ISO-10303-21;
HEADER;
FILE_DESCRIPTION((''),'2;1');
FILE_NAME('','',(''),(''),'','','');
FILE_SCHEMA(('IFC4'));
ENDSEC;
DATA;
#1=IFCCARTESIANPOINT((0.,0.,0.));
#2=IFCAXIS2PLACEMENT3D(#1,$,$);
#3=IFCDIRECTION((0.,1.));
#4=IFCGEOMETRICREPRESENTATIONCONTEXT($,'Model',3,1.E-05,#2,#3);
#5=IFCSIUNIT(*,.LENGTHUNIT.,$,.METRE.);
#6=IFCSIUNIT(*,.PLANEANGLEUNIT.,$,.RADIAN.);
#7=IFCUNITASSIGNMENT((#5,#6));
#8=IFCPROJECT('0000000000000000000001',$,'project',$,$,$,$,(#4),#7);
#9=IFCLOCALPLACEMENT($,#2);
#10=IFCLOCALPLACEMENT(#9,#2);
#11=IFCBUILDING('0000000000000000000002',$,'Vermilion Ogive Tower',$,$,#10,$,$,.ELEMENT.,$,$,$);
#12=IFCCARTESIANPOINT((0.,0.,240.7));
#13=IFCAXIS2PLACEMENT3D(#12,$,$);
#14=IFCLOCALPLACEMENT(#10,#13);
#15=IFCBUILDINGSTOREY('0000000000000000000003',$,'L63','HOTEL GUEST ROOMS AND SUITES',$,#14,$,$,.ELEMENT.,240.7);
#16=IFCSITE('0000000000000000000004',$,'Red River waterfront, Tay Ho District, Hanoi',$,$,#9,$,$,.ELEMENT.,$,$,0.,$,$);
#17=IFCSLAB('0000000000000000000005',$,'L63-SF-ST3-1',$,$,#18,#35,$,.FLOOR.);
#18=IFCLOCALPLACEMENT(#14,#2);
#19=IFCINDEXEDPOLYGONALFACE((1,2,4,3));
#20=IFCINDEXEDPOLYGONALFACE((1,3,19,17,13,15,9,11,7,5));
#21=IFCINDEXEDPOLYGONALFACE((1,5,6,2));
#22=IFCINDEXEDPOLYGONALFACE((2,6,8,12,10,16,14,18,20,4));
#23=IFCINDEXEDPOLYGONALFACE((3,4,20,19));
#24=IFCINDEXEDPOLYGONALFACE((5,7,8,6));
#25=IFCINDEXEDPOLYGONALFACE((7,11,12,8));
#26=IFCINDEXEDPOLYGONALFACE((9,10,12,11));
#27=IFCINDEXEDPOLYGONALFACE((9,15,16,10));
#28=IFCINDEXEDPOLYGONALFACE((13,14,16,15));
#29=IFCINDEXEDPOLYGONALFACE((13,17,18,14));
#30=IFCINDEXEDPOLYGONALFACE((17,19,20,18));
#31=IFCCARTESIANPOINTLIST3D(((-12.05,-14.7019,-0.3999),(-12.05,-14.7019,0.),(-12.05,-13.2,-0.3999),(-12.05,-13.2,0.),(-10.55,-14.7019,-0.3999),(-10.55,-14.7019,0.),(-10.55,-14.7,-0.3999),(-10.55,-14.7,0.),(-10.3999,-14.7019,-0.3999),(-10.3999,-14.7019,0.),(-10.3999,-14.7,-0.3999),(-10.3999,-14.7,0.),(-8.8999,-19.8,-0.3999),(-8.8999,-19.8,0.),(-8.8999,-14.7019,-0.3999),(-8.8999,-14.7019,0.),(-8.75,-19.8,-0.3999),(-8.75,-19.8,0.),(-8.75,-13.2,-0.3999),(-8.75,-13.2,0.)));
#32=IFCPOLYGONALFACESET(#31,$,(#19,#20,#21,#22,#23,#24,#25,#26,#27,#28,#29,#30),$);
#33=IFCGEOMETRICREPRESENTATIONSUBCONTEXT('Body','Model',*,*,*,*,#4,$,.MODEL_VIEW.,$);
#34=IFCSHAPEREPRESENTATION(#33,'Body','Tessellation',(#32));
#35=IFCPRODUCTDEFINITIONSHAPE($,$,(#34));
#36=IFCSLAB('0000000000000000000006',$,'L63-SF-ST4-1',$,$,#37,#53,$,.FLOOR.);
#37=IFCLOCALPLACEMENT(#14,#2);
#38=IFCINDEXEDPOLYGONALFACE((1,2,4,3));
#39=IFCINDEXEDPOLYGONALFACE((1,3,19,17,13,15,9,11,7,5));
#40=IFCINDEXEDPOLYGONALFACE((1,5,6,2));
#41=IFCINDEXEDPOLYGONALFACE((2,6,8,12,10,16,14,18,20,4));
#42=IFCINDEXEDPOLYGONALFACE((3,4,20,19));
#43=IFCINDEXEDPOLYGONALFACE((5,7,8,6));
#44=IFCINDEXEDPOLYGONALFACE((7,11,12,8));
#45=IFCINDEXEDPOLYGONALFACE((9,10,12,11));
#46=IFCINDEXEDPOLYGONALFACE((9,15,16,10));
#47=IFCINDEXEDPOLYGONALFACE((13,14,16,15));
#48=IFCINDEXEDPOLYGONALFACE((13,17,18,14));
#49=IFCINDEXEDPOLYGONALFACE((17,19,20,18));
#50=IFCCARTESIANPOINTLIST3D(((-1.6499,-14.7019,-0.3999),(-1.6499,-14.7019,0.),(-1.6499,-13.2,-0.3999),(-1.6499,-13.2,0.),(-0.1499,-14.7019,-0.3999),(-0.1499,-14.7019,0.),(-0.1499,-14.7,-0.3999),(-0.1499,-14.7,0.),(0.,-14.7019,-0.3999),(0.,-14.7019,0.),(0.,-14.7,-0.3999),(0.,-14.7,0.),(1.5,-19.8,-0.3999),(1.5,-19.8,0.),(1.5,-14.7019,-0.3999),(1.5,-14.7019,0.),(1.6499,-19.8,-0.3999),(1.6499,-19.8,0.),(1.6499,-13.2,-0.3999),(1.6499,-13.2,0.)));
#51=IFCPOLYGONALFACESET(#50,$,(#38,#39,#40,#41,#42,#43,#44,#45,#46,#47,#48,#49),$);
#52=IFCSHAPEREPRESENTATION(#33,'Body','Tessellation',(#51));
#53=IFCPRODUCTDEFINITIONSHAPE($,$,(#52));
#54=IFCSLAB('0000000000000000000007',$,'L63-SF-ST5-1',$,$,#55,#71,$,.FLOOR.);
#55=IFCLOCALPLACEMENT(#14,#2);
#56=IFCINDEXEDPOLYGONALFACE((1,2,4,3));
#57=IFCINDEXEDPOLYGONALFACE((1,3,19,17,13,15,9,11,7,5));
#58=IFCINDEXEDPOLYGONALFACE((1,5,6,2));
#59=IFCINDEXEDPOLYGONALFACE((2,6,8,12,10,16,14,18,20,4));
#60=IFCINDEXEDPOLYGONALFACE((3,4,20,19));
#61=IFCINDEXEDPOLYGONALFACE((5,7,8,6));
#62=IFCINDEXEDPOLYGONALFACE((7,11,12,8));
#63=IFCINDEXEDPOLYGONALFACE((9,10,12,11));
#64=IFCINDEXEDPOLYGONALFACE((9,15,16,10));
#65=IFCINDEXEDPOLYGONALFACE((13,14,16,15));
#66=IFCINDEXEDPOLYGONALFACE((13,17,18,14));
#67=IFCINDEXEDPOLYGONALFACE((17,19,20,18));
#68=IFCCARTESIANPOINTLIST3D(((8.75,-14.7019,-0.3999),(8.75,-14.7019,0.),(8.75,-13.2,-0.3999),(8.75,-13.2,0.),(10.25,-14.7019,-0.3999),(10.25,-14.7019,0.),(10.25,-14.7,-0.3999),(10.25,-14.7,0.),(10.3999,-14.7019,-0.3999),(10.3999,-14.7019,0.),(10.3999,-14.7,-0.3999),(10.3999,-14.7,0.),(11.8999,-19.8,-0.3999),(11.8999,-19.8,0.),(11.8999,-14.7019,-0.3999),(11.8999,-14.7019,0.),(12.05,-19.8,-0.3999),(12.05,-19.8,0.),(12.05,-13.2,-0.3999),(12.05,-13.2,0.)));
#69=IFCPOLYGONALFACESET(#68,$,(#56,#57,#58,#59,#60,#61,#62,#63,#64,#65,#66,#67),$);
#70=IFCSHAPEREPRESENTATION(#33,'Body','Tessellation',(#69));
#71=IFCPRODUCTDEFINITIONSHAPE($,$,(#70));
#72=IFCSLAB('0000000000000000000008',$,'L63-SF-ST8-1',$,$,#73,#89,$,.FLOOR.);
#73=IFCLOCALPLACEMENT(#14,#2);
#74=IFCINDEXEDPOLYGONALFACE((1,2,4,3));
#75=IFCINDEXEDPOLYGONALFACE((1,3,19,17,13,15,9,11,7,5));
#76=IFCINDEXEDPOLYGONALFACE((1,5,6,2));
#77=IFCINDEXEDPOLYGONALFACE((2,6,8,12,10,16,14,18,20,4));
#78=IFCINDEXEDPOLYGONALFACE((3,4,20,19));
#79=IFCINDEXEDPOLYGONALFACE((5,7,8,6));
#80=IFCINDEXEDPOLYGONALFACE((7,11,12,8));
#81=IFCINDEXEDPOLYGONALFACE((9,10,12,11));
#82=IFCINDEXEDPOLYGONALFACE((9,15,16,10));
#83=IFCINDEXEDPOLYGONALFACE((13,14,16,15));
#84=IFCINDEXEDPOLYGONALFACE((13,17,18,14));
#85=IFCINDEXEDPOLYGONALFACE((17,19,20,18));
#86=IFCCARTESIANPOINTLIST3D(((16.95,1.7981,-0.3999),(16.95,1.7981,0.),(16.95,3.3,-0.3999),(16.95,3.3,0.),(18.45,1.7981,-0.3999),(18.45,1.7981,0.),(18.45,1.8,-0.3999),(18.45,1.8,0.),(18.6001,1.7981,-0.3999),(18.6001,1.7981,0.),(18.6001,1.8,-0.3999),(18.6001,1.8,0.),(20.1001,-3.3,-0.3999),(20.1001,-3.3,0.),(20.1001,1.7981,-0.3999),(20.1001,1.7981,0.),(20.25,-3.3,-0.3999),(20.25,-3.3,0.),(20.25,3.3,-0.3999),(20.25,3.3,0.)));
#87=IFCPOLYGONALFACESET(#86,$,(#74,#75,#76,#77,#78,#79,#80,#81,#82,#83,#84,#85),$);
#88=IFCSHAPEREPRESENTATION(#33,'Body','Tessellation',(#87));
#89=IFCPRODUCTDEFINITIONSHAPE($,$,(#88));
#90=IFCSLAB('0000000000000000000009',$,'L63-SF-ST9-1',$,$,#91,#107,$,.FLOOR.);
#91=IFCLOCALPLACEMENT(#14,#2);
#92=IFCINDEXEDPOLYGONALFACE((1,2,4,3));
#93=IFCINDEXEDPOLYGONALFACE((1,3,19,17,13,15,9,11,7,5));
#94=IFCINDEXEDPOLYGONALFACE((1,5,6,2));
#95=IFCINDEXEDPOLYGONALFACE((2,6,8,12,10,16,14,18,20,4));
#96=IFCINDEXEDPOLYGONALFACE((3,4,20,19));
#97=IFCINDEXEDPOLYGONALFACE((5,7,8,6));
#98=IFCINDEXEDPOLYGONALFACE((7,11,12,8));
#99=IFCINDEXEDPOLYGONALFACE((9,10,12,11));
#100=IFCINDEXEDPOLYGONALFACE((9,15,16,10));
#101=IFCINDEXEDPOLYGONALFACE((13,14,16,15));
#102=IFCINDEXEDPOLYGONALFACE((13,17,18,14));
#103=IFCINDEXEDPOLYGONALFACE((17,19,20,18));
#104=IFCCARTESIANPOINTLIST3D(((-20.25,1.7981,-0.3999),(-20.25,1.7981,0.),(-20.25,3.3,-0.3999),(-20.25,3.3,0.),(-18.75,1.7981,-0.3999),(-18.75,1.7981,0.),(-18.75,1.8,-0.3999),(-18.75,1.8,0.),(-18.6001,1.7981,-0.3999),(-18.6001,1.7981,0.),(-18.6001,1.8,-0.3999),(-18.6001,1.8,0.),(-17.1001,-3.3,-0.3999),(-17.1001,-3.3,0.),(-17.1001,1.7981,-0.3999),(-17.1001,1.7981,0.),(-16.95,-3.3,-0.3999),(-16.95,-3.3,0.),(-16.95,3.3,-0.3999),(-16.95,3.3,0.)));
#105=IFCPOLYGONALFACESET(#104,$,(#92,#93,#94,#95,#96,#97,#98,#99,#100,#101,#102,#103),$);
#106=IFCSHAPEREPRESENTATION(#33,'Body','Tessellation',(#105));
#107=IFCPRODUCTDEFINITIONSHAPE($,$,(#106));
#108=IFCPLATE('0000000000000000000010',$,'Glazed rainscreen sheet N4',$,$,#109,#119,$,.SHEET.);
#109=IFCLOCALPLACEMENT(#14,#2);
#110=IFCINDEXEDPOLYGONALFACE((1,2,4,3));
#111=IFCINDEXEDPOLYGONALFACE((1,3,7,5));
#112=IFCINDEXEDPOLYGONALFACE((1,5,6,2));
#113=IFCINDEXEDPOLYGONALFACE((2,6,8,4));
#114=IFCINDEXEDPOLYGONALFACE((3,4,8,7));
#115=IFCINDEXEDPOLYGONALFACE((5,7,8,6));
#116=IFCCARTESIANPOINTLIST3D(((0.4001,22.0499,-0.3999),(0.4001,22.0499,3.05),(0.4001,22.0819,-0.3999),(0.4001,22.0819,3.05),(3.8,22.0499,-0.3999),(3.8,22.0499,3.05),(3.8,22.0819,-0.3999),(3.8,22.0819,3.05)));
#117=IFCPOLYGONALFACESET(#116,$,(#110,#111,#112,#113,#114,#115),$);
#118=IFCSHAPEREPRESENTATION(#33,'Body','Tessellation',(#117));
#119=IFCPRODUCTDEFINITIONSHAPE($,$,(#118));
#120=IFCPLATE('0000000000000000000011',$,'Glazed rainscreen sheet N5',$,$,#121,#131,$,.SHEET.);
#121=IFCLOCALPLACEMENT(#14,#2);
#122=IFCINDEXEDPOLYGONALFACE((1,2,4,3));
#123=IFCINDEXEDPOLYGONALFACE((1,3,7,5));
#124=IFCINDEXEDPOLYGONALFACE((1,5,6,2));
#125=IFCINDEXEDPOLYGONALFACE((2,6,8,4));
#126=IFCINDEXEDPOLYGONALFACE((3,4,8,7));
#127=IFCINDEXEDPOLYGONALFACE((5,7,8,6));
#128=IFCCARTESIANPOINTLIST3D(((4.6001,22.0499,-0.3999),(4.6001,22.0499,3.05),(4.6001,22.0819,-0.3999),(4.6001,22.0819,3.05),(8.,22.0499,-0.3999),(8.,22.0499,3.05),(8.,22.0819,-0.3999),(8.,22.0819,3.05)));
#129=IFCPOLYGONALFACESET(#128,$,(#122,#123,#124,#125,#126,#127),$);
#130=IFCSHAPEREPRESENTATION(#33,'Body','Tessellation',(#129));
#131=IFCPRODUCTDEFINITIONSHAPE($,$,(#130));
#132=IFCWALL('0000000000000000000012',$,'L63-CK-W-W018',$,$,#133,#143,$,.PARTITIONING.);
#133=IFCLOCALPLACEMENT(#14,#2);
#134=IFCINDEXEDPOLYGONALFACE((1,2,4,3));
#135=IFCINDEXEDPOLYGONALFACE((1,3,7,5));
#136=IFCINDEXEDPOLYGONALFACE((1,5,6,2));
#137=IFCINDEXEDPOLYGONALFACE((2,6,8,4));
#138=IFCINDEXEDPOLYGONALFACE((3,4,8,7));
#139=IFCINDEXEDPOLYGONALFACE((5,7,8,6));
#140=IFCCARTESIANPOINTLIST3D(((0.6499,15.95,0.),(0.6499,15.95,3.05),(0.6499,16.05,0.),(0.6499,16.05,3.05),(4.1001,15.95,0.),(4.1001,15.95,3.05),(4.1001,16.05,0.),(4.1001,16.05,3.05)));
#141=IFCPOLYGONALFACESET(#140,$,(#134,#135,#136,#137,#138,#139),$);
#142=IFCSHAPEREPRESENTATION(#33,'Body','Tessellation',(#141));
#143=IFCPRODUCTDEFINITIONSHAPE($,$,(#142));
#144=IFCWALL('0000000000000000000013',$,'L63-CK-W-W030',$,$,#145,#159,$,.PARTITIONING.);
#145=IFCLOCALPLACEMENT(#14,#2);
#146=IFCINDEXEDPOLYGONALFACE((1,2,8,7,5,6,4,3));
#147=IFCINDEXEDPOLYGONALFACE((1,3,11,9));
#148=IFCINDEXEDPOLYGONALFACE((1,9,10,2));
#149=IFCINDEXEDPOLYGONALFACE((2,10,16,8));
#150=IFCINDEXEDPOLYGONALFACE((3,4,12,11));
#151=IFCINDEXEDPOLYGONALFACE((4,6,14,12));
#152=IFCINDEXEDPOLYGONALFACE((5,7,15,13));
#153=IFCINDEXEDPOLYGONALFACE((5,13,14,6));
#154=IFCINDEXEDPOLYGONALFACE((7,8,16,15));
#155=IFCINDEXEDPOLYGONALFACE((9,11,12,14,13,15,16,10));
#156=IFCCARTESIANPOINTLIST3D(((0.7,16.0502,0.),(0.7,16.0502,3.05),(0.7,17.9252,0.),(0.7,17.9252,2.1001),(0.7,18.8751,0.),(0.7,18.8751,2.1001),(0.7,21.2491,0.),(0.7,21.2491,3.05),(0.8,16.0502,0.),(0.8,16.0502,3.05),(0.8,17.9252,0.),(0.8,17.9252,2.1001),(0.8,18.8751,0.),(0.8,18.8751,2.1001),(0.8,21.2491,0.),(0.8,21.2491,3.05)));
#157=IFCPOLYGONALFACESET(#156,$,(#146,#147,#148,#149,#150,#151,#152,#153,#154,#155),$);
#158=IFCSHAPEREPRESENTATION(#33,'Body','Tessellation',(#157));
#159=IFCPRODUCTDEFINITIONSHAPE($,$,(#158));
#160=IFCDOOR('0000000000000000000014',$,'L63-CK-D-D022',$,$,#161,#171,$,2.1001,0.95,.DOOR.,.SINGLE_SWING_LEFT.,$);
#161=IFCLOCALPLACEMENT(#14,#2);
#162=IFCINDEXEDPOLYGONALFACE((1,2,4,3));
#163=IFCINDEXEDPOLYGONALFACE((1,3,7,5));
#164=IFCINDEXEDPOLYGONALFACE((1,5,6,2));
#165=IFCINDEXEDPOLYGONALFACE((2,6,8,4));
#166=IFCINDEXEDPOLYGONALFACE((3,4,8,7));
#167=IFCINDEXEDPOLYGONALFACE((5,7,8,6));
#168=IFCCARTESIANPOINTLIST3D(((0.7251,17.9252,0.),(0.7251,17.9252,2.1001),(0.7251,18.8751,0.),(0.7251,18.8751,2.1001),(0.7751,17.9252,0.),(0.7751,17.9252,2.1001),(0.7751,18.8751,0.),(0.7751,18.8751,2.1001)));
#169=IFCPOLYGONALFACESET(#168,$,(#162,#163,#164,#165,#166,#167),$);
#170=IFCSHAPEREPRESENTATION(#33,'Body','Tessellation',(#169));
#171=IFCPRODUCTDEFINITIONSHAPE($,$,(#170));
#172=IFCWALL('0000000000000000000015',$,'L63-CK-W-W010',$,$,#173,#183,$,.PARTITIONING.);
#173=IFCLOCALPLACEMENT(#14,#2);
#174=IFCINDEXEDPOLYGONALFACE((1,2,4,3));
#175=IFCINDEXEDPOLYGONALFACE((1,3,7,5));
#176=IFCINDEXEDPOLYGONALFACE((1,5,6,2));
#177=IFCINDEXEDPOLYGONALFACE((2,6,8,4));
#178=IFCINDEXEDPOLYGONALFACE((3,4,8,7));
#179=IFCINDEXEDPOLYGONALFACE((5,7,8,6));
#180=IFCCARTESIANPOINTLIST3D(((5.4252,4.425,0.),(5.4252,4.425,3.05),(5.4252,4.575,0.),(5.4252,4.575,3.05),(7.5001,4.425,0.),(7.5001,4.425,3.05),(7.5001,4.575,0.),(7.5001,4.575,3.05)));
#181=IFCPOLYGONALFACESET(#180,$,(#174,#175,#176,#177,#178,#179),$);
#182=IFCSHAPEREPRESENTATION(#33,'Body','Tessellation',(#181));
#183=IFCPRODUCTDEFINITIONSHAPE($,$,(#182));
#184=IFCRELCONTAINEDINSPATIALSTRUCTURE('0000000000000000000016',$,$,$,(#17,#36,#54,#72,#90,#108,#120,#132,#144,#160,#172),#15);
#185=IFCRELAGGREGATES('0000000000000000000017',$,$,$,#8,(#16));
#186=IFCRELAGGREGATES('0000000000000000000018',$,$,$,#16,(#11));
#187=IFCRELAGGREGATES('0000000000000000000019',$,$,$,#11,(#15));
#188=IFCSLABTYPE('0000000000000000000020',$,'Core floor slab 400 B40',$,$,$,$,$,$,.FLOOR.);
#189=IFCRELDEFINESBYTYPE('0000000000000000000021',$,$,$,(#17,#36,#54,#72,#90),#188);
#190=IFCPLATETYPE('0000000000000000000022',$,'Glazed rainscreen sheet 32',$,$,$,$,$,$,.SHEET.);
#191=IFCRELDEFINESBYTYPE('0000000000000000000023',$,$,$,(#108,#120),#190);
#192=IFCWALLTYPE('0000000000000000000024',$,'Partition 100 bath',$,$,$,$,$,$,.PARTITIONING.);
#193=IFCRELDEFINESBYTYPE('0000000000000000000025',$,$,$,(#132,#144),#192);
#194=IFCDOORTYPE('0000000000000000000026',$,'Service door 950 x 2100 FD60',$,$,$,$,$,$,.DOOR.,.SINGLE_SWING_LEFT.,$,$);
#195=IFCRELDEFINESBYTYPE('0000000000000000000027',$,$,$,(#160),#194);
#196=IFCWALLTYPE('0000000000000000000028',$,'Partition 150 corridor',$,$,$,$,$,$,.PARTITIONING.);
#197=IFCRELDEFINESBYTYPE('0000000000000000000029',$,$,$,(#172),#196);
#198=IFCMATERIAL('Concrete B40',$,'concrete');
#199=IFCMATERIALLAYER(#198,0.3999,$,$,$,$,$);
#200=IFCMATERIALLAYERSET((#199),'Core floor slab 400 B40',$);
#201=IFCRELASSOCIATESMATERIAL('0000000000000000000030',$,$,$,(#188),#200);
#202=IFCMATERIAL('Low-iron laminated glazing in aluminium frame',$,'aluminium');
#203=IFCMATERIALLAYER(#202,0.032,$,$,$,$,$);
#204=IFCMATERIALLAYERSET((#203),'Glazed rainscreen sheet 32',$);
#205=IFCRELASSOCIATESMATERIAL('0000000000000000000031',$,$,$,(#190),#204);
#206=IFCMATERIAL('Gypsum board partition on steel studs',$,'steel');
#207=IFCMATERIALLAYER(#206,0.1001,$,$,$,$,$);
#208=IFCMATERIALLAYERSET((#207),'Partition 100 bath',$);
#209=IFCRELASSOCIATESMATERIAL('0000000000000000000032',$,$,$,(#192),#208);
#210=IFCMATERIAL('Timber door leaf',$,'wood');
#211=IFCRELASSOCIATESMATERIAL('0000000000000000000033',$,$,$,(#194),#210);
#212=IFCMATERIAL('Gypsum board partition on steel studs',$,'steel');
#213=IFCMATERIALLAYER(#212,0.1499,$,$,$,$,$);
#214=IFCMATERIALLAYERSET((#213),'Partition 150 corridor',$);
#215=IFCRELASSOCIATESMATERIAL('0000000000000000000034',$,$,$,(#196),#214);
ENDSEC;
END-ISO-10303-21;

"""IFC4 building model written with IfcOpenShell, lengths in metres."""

from ifc_helpers import new_model, si_unit, direction, frame, frame_2d, origin, origin_2d, place, context, subcontext, project, spatial, polyline, rectangle, outline, extrude, material, layer, layer_set, type_object, element, fill, save


model = new_model("IFC4")

# Units and contexts
model_context = context("Model", 3, precision=1e-05, world=origin(), true_north=direction((0.0, 1.0)))
body_context = subcontext(model_context, "Body", "Model", "MODEL_VIEW")
ifc_project = project(units=[si_unit("LENGTHUNIT", "METRE"), si_unit("PLANEANGLEUNIT", "RADIAN")], contexts=[model_context])

# Site, building, storey
site_placement = place(None, origin())
site = spatial("IfcSite", under=ifc_project, at=site_placement, Name="Red River waterfront, Tay Ho District, Hanoi", CompositionType="ELEMENT", RefElevation=0.0)
building_placement = place(site_placement, origin())
building = spatial("IfcBuilding", under=site, at=building_placement, Name="Vermilion Ogive Tower", CompositionType="ELEMENT")
storey_placement = place(building_placement, frame((0.0, 0.0, 240.7)))
storey = spatial("IfcBuildingStorey", under=building, at=storey_placement, Name="L63", Description="HOTEL GUEST ROOMS AND SUITES", CompositionType="ELEMENT", Elevation=240.7)

# Slabs
ifc_material_1 = material(Name="Concrete B40", Category="concrete")
ifc_layer_1 = layer(ifc_material_1, 0.3999)
ifc_layer_set_1 = layer_set([ifc_layer_1], Name="Core floor slab 400 B40")
slab_type = type_object("IfcSlabType", Name="Core floor slab 400 B40", PredefinedType="FLOOR", material=ifc_layer_set_1)
slab_1_placement = place(storey_placement, frame((0.0, 0.0, -0.3999)))
element("IfcSlab", 1, at=slab_1_placement, inside=storey, type_object=slab_type, Name="L63-SF-ST3-1", PredefinedType="FLOOR", context=body_context, shape_type="SweptSolid", body=[
    extrude(outline(polyline([(-12.05, -13.2), (-12.05, -14.7019), (-10.55, -14.7019), (-10.55, -14.7), (-10.3999, -14.7), (-10.3999, -14.7019), (-8.8999, -14.7019), (-8.8999, -19.8), (-8.75, -19.8), (-8.75, -13.2), (-12.05, -13.2)])), origin(), (0.0, 0.0, 1.0), 0.3999),
])
slab_2_placement = place(storey_placement, frame((0.0, 0.0, -0.3999)))
element("IfcSlab", 2, at=slab_2_placement, inside=storey, type_object=slab_type, Name="L63-SF-ST4-1", PredefinedType="FLOOR", context=body_context, shape_type="SweptSolid", body=[
    extrude(outline(polyline([(-1.6499, -13.2), (-1.6499, -14.7019), (-0.1499, -14.7019), (-0.1499, -14.7), (0.0, -14.7), (0.0, -14.7019), (1.5, -14.7019), (1.5, -19.8), (1.6499, -19.8), (1.6499, -13.2), (-1.6499, -13.2)])), origin(), (0.0, 0.0, 1.0), 0.3999),
])
slab_3_placement = place(storey_placement, frame((0.0, 0.0, -0.3999)))
element("IfcSlab", 3, at=slab_3_placement, inside=storey, type_object=slab_type, Name="L63-SF-ST5-1", PredefinedType="FLOOR", context=body_context, shape_type="SweptSolid", body=[
    extrude(outline(polyline([(8.75, -13.2), (8.75, -14.7019), (10.25, -14.7019), (10.25, -14.7), (10.3999, -14.7), (10.3999, -14.7019), (11.8999, -14.7019), (11.8999, -19.8), (12.05, -19.8), (12.05, -13.2), (8.75, -13.2)])), origin(), (0.0, 0.0, 1.0), 0.3999),
])
slab_4_placement = place(storey_placement, frame((0.0, 0.0, -0.3999)))
element("IfcSlab", 4, at=slab_4_placement, inside=storey, type_object=slab_type, Name="L63-SF-ST8-1", PredefinedType="FLOOR", context=body_context, shape_type="SweptSolid", body=[
    extrude(outline(polyline([(16.95, 3.3), (16.95, 1.7981), (18.45, 1.7981), (18.45, 1.8), (18.6001, 1.8), (18.6001, 1.7981), (20.1001, 1.7981), (20.1001, -3.3), (20.25, -3.3), (20.25, 3.3), (16.95, 3.3)])), origin(), (0.0, 0.0, 1.0), 0.3999),
])
slab_5_placement = place(storey_placement, frame((0.0, 0.0, -0.3999)))
element("IfcSlab", 5, at=slab_5_placement, inside=storey, type_object=slab_type, Name="L63-SF-ST9-1", PredefinedType="FLOOR", context=body_context, shape_type="SweptSolid", body=[
    extrude(outline(polyline([(-20.25, 3.3), (-20.25, 1.7981), (-18.75, 1.7981), (-18.75, 1.8), (-18.6001, 1.8), (-18.6001, 1.7981), (-17.1001, 1.7981), (-17.1001, -3.3), (-16.95, -3.3), (-16.95, 3.3), (-20.25, 3.3)])), origin(), (0.0, 0.0, 1.0), 0.3999),
])

# Plates
ifc_material_2 = material(Name="Low-iron laminated glazing in aluminium frame", Category="aluminium")
ifc_layer_2 = layer(ifc_material_2, 0.032)
ifc_layer_set_2 = layer_set([ifc_layer_2], Name="Glazed rainscreen sheet 32")
plate_type = type_object("IfcPlateType", Name="Glazed rainscreen sheet 32", PredefinedType="SHEET", material=ifc_layer_set_2)
for number, where, z_axis, x_axis, name in (
    (6, (2.1001, 22.0659, -0.3999), (0.0, 0.0, 1.0), (1.0, 0.0, 0.0), "Glazed rainscreen sheet N4"),
    (7, (6.3, 22.0659, -0.3999), (0.0, 0.0, 1.0), (1.0, 0.0, 0.0), "Glazed rainscreen sheet N5"),
):
    element("IfcPlate", number, at=place(storey_placement, frame(where, z_axis=z_axis, x_axis=x_axis)), inside=storey, type_object=plate_type, Name=name, PredefinedType="SHEET", context=body_context, shape_type="SweptSolid", body=[
        extrude(rectangle(XDim=3.3999, YDim=0.032, at=origin_2d()), origin(), (0.0, 0.0, 1.0), 3.45),
    ])

# Wall
ifc_material_3 = material(Name="Gypsum board partition on steel studs", Category="steel")
ifc_layer_3 = layer(ifc_material_3, 0.1001)
ifc_layer_set_3 = layer_set([ifc_layer_3], Name="Partition 100 bath")
wall_type_1 = type_object("IfcWallType", Name="Partition 100 bath", PredefinedType="PARTITIONING", material=ifc_layer_set_3)
wall_1_placement = place(storey_placement, frame((0.6499, 16.0, 0.0), z_axis=(0.0, 0.0, 1.0), x_axis=(1.0, 0.0, 0.0)))
element("IfcWall", 8, at=wall_1_placement, inside=storey, type_object=wall_type_1, Name="L63-CK-W-W018", PredefinedType="PARTITIONING", context=body_context, shape_type="SweptSolid", body=[
    extrude(rectangle(XDim=3.4502, YDim=0.1001, at=frame_2d((1.7251, 0.0))), origin(), (0.0, 0.0, 1.0), 3.05),
])

# Wall, opening, door
wall_2_placement = place(storey_placement, frame((0.75, 16.05, 0.0), z_axis=(0.0, 0.0, 1.0), x_axis=(0.0, 1.0, 0.0)))
wall_2 = element("IfcWall", 9, at=wall_2_placement, inside=storey, type_object=wall_type_1, Name="L63-CK-W-W030", PredefinedType="PARTITIONING", context=body_context, shape_type="SweptSolid", body=[
    extrude(rectangle(XDim=5.199, YDim=0.1001, at=frame_2d((2.5996, 0.0))), origin(), (0.0, 0.0, 1.0), 3.05),
])
opening_1_placement = place(wall_2_placement, frame((1.875, 0.0, 0.0)))
opening_1 = element("IfcOpeningElement", 10, at=opening_1_placement, cuts=wall_2, PredefinedType="OPENING", context=body_context, shape_type="SweptSolid", body=[
    extrude(rectangle(XDim=0.95, YDim=2.1001, at=frame_2d((0.4751, 1.05))), frame((0.0, 0.0601, 0.0), z_axis=(0.0, -1.0, 0.0), x_axis=(1.0, 0.0, 0.0)), (0.0, 0.0, 1.0), 0.1201),
])
ifc_material_4 = material(Name="Timber door leaf", Category="wood")
door_type_1 = type_object("IfcDoorType", Name="Service door 950 x 2100 FD60", OperationType="SINGLE_SWING_LEFT", PredefinedType="DOOR", material=ifc_material_4)
door_1_placement = place(opening_1_placement, origin())
door_1 = element("IfcDoor", 11, at=door_1_placement, inside=storey, type_object=door_type_1, Name="L63-CK-D-D022", OperationType="SINGLE_SWING_LEFT", OverallHeight=2.1001, OverallWidth=0.95, PredefinedType="DOOR", context=body_context, shape_type="SweptSolid", body=[
    extrude(rectangle(XDim=0.95, YDim=2.1001, at=frame_2d((0.4751, 1.05))), frame((0.0, 0.0249, 0.0), z_axis=(0.0, -1.0, 0.0), x_axis=(1.0, 0.0, 0.0)), (0.0, 0.0, 1.0), 0.05),
])
fill(opening_1, door_1)

# Wall
ifc_material_5 = material(Name="Gypsum board partition on steel studs", Category="steel")
ifc_layer_4 = layer(ifc_material_5, 0.1499)
ifc_layer_set_4 = layer_set([ifc_layer_4], Name="Partition 150 corridor")
wall_type_2 = type_object("IfcWallType", Name="Partition 150 corridor", PredefinedType="PARTITIONING", material=ifc_layer_set_4)
wall_3_placement = place(storey_placement, frame((5.425, 4.5, 0.0), z_axis=(0.0, 0.0, 1.0), x_axis=(1.0, 0.0, 0.0)))
element("IfcWall", 12, at=wall_3_placement, inside=storey, type_object=wall_type_2, Name="L63-CK-W-W010", PredefinedType="PARTITIONING", context=body_context, shape_type="SweptSolid", body=[
    extrude(rectangle(XDim=2.075, YDim=0.1499, at=frame_2d((1.0376, 0.0))), origin(), (0.0, 0.0, 1.0), 3.05),
])

save(model, "model.ifc")
